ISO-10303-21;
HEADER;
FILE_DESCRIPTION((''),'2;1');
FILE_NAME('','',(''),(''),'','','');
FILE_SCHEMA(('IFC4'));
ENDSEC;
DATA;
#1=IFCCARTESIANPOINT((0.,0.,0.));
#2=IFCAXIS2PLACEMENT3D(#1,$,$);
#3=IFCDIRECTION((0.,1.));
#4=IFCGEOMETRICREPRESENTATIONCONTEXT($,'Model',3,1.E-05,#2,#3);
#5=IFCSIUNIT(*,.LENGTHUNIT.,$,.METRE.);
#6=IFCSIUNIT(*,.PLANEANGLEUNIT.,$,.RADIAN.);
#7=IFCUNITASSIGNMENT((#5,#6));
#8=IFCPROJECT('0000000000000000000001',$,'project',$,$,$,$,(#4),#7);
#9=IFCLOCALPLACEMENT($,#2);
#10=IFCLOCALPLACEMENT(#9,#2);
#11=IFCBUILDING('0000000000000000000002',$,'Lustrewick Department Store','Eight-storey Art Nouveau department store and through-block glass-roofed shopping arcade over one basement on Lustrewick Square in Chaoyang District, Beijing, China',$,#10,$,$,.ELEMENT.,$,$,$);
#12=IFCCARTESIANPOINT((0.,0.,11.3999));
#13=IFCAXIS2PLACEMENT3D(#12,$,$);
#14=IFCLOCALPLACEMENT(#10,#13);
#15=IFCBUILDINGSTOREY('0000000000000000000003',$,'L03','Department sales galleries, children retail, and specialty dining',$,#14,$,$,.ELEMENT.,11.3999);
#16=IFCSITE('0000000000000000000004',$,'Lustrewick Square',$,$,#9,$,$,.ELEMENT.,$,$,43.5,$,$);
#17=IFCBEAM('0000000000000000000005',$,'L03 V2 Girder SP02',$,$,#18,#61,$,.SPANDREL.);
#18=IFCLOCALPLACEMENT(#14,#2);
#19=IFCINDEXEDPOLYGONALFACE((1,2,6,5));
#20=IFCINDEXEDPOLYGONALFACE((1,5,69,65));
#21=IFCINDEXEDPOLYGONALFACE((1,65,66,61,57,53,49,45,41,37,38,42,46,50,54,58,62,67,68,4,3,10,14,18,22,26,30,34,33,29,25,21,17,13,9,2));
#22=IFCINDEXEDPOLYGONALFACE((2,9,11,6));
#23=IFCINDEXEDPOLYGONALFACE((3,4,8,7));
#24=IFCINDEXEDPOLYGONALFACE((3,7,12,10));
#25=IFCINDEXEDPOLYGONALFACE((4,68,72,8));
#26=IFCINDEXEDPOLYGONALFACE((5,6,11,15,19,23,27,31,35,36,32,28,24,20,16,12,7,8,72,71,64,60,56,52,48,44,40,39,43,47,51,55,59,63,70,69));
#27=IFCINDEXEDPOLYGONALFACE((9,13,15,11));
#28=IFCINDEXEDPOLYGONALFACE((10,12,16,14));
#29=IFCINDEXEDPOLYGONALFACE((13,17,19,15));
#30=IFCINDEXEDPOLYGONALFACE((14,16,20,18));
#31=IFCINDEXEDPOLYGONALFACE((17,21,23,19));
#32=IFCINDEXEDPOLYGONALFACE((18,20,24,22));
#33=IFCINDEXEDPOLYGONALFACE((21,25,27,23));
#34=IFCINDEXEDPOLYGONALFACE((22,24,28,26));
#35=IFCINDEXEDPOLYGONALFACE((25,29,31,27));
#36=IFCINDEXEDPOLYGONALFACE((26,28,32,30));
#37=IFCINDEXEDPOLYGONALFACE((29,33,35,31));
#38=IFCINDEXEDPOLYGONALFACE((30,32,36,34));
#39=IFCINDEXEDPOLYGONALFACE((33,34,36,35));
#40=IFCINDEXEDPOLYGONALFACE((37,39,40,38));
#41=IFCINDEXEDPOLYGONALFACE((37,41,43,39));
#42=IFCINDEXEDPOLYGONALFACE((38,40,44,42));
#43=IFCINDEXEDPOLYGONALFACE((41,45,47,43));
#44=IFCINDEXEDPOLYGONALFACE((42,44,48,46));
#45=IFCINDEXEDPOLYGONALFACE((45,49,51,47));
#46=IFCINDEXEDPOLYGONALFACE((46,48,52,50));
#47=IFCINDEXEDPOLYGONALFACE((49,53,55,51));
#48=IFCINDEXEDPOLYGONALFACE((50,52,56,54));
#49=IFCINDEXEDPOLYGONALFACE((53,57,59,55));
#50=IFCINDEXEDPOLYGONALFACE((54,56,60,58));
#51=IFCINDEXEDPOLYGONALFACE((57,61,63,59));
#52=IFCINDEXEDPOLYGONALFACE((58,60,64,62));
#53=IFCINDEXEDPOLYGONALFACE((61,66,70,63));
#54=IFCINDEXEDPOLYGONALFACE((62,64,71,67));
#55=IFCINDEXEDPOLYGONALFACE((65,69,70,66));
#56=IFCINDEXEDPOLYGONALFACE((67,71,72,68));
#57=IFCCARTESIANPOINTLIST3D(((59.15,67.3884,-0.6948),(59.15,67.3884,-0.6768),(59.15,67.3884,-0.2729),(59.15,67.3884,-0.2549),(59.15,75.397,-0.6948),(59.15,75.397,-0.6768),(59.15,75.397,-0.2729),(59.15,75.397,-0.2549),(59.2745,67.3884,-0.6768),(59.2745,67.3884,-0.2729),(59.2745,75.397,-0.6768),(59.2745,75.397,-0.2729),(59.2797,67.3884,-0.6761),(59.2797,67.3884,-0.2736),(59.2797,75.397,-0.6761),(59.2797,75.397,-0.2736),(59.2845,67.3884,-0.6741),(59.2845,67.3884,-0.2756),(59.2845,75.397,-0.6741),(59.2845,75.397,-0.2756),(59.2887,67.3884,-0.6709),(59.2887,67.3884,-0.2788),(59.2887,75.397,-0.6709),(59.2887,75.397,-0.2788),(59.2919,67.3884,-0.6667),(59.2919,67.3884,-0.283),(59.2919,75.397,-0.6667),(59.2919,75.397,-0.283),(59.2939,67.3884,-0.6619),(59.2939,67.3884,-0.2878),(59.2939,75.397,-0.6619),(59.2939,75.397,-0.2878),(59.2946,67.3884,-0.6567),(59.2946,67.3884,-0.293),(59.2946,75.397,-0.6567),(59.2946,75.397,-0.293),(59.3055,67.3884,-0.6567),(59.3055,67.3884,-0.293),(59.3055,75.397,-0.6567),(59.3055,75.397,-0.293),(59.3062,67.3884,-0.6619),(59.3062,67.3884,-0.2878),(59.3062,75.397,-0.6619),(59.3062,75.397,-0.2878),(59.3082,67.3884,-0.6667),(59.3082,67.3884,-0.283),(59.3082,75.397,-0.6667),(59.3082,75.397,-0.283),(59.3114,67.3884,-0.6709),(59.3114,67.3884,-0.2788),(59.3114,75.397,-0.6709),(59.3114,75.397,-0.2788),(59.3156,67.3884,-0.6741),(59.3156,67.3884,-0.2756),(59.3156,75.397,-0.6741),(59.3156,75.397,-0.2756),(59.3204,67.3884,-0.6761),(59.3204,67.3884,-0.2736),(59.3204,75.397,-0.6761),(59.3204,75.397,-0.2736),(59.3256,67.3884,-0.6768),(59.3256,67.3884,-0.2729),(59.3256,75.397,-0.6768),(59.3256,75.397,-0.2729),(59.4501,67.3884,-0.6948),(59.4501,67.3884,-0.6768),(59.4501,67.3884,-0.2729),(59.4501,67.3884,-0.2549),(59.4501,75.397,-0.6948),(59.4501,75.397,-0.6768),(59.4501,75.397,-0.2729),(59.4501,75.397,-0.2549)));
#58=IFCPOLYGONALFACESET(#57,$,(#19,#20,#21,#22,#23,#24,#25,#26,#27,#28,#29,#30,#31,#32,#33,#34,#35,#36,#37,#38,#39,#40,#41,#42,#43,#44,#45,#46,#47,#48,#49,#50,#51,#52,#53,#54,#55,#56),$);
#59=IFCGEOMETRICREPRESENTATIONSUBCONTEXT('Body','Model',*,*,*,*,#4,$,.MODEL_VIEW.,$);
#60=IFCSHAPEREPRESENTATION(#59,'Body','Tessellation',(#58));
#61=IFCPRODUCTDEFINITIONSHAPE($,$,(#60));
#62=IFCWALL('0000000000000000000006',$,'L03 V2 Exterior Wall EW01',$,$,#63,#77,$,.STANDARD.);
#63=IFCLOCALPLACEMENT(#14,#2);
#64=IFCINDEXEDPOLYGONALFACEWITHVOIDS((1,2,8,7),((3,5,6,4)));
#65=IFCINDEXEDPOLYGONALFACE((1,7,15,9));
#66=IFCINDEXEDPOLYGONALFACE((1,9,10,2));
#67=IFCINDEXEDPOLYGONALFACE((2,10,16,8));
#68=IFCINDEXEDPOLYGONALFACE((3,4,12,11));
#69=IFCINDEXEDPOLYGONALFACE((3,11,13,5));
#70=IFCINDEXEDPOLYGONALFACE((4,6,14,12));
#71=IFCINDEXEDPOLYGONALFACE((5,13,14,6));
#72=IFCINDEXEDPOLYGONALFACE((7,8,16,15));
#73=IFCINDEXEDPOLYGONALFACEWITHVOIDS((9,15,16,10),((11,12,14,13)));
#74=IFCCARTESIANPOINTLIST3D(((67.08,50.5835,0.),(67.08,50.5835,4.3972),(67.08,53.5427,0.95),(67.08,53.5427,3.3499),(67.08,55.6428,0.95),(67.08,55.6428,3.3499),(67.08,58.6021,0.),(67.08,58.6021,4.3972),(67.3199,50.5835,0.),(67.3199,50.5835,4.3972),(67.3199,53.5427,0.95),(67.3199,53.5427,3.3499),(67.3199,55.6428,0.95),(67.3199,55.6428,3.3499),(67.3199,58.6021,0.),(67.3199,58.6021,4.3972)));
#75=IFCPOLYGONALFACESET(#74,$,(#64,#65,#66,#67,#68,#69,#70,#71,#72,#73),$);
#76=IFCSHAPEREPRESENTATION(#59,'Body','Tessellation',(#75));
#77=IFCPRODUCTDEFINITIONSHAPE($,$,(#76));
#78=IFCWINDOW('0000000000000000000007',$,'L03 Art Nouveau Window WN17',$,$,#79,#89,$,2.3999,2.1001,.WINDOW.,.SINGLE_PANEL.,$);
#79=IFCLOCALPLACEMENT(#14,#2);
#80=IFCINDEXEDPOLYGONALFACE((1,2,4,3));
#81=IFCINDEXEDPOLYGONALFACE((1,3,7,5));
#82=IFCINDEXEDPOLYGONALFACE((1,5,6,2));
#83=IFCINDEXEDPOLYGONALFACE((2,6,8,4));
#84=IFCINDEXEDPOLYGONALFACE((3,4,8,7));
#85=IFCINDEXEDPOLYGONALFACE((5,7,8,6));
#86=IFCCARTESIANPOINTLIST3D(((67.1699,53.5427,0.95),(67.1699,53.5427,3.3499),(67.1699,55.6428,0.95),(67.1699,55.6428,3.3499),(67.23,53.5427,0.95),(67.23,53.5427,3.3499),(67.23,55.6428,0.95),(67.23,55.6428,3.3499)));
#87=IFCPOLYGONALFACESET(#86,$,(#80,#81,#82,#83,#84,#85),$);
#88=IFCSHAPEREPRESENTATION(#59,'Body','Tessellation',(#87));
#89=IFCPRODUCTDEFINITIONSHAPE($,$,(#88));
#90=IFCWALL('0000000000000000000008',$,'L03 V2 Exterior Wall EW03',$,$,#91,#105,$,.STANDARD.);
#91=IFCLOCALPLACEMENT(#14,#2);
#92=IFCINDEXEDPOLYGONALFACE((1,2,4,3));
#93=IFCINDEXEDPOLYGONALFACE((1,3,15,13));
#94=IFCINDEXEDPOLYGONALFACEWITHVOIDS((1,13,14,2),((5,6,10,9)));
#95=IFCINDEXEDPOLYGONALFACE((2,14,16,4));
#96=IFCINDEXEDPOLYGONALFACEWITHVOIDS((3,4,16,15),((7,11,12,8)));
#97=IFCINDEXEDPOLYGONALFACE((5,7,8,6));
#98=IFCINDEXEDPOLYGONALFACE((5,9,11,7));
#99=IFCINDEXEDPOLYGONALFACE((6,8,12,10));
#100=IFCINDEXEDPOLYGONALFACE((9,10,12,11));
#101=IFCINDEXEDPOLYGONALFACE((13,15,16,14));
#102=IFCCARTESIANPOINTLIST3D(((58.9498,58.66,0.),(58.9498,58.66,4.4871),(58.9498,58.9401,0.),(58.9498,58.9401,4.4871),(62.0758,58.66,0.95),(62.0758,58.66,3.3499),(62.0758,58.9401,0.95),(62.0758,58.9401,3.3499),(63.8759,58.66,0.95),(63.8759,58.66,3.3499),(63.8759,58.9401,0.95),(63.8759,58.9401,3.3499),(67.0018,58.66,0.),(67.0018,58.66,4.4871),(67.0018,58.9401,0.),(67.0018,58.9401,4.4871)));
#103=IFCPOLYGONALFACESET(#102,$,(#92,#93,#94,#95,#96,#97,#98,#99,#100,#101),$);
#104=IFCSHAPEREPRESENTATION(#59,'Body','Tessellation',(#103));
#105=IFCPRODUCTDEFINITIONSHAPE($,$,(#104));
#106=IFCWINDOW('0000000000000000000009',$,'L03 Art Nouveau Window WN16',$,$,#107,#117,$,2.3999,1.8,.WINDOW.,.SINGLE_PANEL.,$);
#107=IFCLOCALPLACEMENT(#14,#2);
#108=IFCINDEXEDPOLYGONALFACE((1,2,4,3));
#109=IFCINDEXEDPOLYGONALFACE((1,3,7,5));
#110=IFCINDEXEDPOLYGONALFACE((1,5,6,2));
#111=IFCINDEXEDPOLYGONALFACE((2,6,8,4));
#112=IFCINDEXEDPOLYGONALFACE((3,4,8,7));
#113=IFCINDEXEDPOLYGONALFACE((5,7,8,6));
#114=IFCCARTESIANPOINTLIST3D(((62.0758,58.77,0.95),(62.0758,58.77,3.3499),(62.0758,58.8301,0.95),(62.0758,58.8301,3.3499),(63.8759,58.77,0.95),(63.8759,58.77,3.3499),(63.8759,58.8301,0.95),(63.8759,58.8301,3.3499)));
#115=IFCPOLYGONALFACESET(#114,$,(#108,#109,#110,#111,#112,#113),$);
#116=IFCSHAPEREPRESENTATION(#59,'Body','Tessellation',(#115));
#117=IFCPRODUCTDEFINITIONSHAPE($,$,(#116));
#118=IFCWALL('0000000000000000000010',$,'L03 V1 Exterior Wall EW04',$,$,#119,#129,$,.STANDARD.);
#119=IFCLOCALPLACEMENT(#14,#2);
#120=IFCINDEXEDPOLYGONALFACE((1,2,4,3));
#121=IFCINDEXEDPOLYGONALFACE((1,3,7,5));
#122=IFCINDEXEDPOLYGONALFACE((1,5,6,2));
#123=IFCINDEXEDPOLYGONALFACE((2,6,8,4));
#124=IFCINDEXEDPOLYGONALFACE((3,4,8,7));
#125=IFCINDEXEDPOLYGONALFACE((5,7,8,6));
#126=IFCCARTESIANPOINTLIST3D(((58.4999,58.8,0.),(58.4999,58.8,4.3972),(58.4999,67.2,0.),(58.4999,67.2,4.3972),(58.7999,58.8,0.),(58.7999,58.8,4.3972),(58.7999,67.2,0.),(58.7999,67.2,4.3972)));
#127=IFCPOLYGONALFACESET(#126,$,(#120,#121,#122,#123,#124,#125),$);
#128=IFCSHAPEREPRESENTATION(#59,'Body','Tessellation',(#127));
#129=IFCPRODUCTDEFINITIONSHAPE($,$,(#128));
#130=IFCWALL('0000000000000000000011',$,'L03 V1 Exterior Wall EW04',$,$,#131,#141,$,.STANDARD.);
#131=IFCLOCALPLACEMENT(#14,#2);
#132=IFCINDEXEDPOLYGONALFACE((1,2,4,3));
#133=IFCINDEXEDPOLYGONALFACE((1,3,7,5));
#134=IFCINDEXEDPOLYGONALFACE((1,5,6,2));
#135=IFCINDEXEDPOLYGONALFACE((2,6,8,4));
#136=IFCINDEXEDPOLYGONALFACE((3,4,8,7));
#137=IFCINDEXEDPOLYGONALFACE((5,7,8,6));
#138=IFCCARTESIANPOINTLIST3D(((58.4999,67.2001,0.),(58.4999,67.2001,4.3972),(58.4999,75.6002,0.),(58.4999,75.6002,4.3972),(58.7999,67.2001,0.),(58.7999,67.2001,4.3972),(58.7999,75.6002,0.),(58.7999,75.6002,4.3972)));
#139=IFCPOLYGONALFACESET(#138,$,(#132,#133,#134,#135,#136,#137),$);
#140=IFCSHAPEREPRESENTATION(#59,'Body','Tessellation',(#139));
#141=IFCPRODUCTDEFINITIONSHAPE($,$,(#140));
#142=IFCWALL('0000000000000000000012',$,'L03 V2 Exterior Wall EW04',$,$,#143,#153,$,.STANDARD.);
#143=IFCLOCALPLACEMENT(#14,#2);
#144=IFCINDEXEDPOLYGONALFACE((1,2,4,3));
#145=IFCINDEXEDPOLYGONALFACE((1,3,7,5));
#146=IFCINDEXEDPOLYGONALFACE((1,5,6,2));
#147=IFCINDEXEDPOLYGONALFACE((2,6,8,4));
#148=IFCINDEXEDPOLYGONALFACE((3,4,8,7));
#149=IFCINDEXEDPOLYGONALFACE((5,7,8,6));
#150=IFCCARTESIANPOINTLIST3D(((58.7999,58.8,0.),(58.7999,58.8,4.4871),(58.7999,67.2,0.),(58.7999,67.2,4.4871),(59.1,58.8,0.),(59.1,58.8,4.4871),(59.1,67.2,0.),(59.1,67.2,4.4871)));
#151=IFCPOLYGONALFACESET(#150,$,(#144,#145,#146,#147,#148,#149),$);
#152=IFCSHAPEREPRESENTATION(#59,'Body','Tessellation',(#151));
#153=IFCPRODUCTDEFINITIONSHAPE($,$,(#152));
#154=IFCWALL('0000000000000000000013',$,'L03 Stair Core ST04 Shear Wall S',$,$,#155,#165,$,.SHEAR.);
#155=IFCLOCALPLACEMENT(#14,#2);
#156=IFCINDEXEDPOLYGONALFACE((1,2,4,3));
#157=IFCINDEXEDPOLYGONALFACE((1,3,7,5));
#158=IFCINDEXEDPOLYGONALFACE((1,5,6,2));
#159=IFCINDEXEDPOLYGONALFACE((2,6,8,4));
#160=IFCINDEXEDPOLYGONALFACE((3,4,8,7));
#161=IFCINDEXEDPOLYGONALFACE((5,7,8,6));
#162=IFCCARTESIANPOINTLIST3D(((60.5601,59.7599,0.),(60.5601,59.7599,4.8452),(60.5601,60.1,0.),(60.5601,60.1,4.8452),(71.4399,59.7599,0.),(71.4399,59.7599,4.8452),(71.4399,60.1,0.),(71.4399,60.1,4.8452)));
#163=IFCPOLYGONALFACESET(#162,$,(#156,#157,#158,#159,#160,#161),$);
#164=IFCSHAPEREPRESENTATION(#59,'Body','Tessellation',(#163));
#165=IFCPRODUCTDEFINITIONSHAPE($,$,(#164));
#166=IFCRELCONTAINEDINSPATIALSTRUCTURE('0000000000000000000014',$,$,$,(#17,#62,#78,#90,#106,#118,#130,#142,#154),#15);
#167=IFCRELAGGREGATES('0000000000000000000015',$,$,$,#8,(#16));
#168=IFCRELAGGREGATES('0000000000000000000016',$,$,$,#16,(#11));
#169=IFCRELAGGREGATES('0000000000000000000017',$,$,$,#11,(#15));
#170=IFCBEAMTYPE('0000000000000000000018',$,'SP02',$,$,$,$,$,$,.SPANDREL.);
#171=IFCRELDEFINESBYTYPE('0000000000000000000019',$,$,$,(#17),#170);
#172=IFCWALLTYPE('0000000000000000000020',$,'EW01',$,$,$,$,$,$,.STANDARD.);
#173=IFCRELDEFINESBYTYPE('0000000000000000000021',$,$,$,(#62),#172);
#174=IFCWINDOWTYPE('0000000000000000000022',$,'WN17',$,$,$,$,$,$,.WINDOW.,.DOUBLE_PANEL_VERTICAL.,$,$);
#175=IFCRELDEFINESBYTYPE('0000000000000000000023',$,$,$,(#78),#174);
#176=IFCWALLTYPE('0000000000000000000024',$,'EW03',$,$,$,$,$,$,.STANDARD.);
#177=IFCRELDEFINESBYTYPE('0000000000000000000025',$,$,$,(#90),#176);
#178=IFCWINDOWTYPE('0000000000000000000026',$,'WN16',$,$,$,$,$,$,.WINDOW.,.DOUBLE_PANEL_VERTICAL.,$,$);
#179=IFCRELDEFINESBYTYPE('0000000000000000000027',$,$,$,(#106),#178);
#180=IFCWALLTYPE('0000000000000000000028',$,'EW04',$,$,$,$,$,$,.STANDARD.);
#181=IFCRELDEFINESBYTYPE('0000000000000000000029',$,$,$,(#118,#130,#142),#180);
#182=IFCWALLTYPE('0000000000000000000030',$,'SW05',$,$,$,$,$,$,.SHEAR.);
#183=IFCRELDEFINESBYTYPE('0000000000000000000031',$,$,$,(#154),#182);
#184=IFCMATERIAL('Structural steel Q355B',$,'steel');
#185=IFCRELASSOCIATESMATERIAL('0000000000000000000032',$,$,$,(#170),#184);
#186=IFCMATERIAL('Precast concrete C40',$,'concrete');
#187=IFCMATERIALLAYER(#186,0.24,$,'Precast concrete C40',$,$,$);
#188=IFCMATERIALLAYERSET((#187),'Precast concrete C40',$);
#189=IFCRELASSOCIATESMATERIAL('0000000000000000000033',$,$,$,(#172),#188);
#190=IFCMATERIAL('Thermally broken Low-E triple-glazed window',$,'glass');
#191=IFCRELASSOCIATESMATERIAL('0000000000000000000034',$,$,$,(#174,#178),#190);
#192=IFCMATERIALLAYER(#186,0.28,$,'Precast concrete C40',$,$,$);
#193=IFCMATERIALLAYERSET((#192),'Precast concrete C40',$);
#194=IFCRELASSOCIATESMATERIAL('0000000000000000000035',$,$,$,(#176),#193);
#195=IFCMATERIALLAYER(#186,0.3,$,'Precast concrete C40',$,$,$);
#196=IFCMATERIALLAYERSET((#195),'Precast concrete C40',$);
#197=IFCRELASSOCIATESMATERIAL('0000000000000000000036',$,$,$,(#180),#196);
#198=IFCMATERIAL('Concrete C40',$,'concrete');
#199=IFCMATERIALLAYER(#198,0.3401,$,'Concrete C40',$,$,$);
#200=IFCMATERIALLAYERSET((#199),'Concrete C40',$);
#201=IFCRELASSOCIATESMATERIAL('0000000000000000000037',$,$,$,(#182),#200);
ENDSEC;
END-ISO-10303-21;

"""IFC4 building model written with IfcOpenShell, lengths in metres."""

from ifc_helpers import new_model, si_unit, direction, frame, frame_2d, origin, origin_2d, place, context, subcontext, project, spatial, rectangle, i_section, extrude, material, layer, layer_set, material_profile, profile_set, type_object, element, fill, save


model = new_model("IFC4")

# Units and contexts
model_context = context("Model", 3, precision=1e-05, world=origin(), true_north=direction((0.0, 1.0)))
body_context = subcontext(model_context, "Body", "Model", "MODEL_VIEW")
ifc_project = project(units=[si_unit("LENGTHUNIT", "METRE"), si_unit("PLANEANGLEUNIT", "RADIAN")], contexts=[model_context])

# Site, building, storey
site_placement = place(None, origin())
site = spatial("IfcSite", under=ifc_project, at=site_placement, Name="Lustrewick Square", CompositionType="ELEMENT", RefElevation=43.5)
building_placement = place(site_placement, origin())
building = spatial("IfcBuilding", under=site, at=building_placement, Name="Lustrewick Department Store", Description="Eight-storey Art Nouveau department store and through-block glass-roofed shopping arcade over one basement on Lustrewick Square in Chaoyang District, Beijing, China", CompositionType="ELEMENT")
storey_placement = place(building_placement, frame((0.0, 0.0, 11.3999)))
storey = spatial("IfcBuildingStorey", under=building, at=storey_placement, Name="L03", Description="Department sales galleries, children retail, and specialty dining", CompositionType="ELEMENT", Elevation=11.3999)

# Shared definitions
ifc_material_1 = material(Name="Structural steel Q355B", Category="steel")

# Beam
ifc_material_profile_1 = material_profile(ifc_material_1, i_section(OverallWidth=0.3, OverallDepth=0.4399, WebThickness=0.011, FlangeThickness=0.0181, FilletRadius=0.02, at=origin_2d()), Name="HM 440x300x11x18")
ifc_profile_set_1 = profile_set([ifc_material_profile_1], Name="Structural steel Q355B")
beam_type_1 = type_object("IfcBeamType", Name="SP02", PredefinedType="SPANDREL", material=ifc_profile_set_1)
beam_1_placement = place(storey_placement, frame((59.3, 67.3884, -0.4749), z_axis=(0.0, 1.0, 0.0), x_axis=(-1.0, 0.0, 0.0)))
element("IfcBeam", 1, at=beam_1_placement, inside=storey, type_object=beam_type_1, Name="L03 V2 Girder SP02", PredefinedType="SPANDREL", context=body_context, shape_type="SweptSolid", body=[
    extrude(i_section(OverallWidth=0.3, OverallDepth=0.4399, WebThickness=0.011, FlangeThickness=0.0181, FilletRadius=0.02, at=origin_2d()), origin(), (0.0, 0.0, 1.0), 8.0085),
])

# Walls, openings, windows
ifc_material_2 = material(Name="Precast concrete C40", Category="concrete")
ifc_layer_1 = layer(ifc_material_2, 0.24, Name="Precast concrete C40")
ifc_layer_set_1 = layer_set([ifc_layer_1], Name="Precast concrete C40")
wall_type_1 = type_object("IfcWallType", Name="EW01", PredefinedType="STANDARD", material=ifc_layer_set_1)
wall_1_placement = place(storey_placement, frame((67.2, 58.6021, 0.0), z_axis=(0.0, 0.0, 1.0), x_axis=(0.0, -1.0, 0.0)))
wall_1 = element("IfcWall", 2, at=wall_1_placement, inside=storey, type_object=wall_type_1, Name="L03 V2 Exterior Wall EW01", PredefinedType="STANDARD", context=body_context, shape_type="SweptSolid", body=[
    extrude(rectangle(XDim=8.0186, YDim=0.24, at=frame_2d((4.0093, 0.0))), origin(), (0.0, 0.0, 1.0), 4.3972),
])
opening_1_placement = place(wall_1_placement, frame((2.9592, 0.0, 0.95)))
opening_1 = element("IfcOpeningElement", 3, at=opening_1_placement, cuts=wall_1, PredefinedType="OPENING", context=body_context, shape_type="SweptSolid", body=[
    extrude(rectangle(XDim=2.1001, YDim=2.3999, at=frame_2d((1.05, 1.2))), frame((0.0, 0.1299, 0.0), z_axis=(0.0, -1.0, 0.0), x_axis=(1.0, 0.0, 0.0)), (0.0, 0.0, 1.0), 0.26),
])
ifc_material_3 = material(Name="Thermally broken Low-E triple-glazed window", Category="glass")
window_type_1 = type_object("IfcWindowType", Name="WN17", PartitioningType="DOUBLE_PANEL_VERTICAL", PredefinedType="WINDOW", material=ifc_material_3)
window_1_placement = place(opening_1_placement, origin())
window_1 = element("IfcWindow", 4, at=window_1_placement, inside=storey, type_object=window_type_1, Name="L03 Art Nouveau Window WN17", OverallHeight=2.3999, OverallWidth=2.1001, PartitioningType="SINGLE_PANEL", PredefinedType="WINDOW", context=body_context, shape_type="SweptSolid", body=[
    extrude(rectangle(XDim=2.1001, YDim=2.3999, at=frame_2d((1.05, 1.2))), frame((0.0, 0.03, 0.0), z_axis=(0.0, -1.0, 0.0), x_axis=(1.0, 0.0, 0.0)), (0.0, 0.0, 1.0), 0.0601),
])
fill(opening_1, window_1)
ifc_layer_2 = layer(ifc_material_2, 0.28, Name="Precast concrete C40")
ifc_layer_set_2 = layer_set([ifc_layer_2], Name="Precast concrete C40")
wall_type_2 = type_object("IfcWallType", Name="EW03", PredefinedType="STANDARD", material=ifc_layer_set_2)
wall_2_placement = place(storey_placement, frame((58.95, 58.8, 0.0), z_axis=(0.0, 0.0, 1.0), x_axis=(1.0, 0.0, 0.0)))
wall_2 = element("IfcWall", 5, at=wall_2_placement, inside=storey, type_object=wall_type_2, Name="L03 V2 Exterior Wall EW03", PredefinedType="STANDARD", context=body_context, shape_type="SweptSolid", body=[
    extrude(rectangle(XDim=8.052, YDim=0.28, at=frame_2d((4.0259, 0.0))), origin(), (0.0, 0.0, 1.0), 4.4871),
])
opening_2_placement = place(wall_2_placement, frame((3.126, 0.0, 0.95)))
opening_2 = element("IfcOpeningElement", 6, at=opening_2_placement, cuts=wall_2, PredefinedType="OPENING", context=body_context, shape_type="SweptSolid", body=[
    extrude(rectangle(XDim=1.8, YDim=2.3999, at=frame_2d((0.8999, 1.2))), frame((0.0, 0.1499, 0.0), z_axis=(0.0, -1.0, 0.0), x_axis=(1.0, 0.0, 0.0)), (0.0, 0.0, 1.0), 0.3),
])
window_type_2 = type_object("IfcWindowType", Name="WN16", PartitioningType="DOUBLE_PANEL_VERTICAL", PredefinedType="WINDOW", material=ifc_material_3)
window_2_placement = place(opening_2_placement, origin())
window_2 = element("IfcWindow", 7, at=window_2_placement, inside=storey, type_object=window_type_2, Name="L03 Art Nouveau Window WN16", OverallHeight=2.3999, OverallWidth=1.8, PartitioningType="SINGLE_PANEL", PredefinedType="WINDOW", context=body_context, shape_type="SweptSolid", body=[
    extrude(rectangle(XDim=1.8, YDim=2.3999, at=frame_2d((0.8999, 1.2))), frame((0.0, 0.03, 0.0), z_axis=(0.0, -1.0, 0.0), x_axis=(1.0, 0.0, 0.0)), (0.0, 0.0, 1.0), 0.0601),
])
fill(opening_2, window_2)

# Walls
ifc_layer_3 = layer(ifc_material_2, 0.3, Name="Precast concrete C40")
ifc_layer_set_3 = layer_set([ifc_layer_3], Name="Precast concrete C40")
wall_type_3 = type_object("IfcWallType", Name="EW04", PredefinedType="STANDARD", material=ifc_layer_set_3)
wall_3_placement = place(storey_placement, frame((58.6499, 58.8, 0.0), z_axis=(0.0, 0.0, 1.0), x_axis=(0.0, 1.0, 0.0)))
element("IfcWall", 8, at=wall_3_placement, inside=storey, type_object=wall_type_3, Name="L03 V1 Exterior Wall EW04", PredefinedType="STANDARD", context=body_context, shape_type="SweptSolid", body=[
    extrude(rectangle(XDim=8.3999, YDim=0.3, at=frame_2d((4.2, 0.0))), origin(), (0.0, 0.0, 1.0), 4.3972),
])
wall_4_placement = place(storey_placement, frame((58.6499, 67.2, 0.0), z_axis=(0.0, 0.0, 1.0), x_axis=(0.0, 1.0, 0.0)))
element("IfcWall", 9, at=wall_4_placement, inside=storey, type_object=wall_type_3, Name="L03 V1 Exterior Wall EW04", PredefinedType="STANDARD", context=body_context, shape_type="SweptSolid", body=[
    extrude(rectangle(XDim=8.4001, YDim=0.3, at=frame_2d((4.2002, 0.0))), origin(), (0.0, 0.0, 1.0), 4.3972),
])
wall_5_placement = place(storey_placement, frame((58.95, 67.2, 0.0), z_axis=(0.0, 0.0, 1.0), x_axis=(0.0, -1.0, 0.0)))
element("IfcWall", 10, at=wall_5_placement, inside=storey, type_object=wall_type_3, Name="L03 V2 Exterior Wall EW04", PredefinedType="STANDARD", context=body_context, shape_type="SweptSolid", body=[
    extrude(rectangle(XDim=8.3999, YDim=0.3, at=frame_2d((4.2, 0.0))), origin(), (0.0, 0.0, 1.0), 4.4871),
])
ifc_material_4 = material(Name="Concrete C40", Category="concrete")
ifc_layer_4 = layer(ifc_material_4, 0.3401, Name="Concrete C40")
ifc_layer_set_4 = layer_set([ifc_layer_4], Name="Concrete C40")
wall_type_4 = type_object("IfcWallType", Name="SW05", PredefinedType="SHEAR", material=ifc_layer_set_4)
wall_6_placement = place(storey_placement, frame((60.5601, 59.9299, 0.0), z_axis=(0.0, 0.0, 1.0), x_axis=(1.0, 0.0, 0.0)))
element("IfcWall", 11, at=wall_6_placement, inside=storey, type_object=wall_type_4, Name="L03 Stair Core ST04 Shear Wall S", PredefinedType="SHEAR", context=body_context, shape_type="SweptSolid", body=[
    extrude(rectangle(XDim=10.8799, YDim=0.3401, at=frame_2d((5.4399, 0.0))), origin(), (0.0, 0.0, 1.0), 4.8452),
])

save(model, "model.ifc")
